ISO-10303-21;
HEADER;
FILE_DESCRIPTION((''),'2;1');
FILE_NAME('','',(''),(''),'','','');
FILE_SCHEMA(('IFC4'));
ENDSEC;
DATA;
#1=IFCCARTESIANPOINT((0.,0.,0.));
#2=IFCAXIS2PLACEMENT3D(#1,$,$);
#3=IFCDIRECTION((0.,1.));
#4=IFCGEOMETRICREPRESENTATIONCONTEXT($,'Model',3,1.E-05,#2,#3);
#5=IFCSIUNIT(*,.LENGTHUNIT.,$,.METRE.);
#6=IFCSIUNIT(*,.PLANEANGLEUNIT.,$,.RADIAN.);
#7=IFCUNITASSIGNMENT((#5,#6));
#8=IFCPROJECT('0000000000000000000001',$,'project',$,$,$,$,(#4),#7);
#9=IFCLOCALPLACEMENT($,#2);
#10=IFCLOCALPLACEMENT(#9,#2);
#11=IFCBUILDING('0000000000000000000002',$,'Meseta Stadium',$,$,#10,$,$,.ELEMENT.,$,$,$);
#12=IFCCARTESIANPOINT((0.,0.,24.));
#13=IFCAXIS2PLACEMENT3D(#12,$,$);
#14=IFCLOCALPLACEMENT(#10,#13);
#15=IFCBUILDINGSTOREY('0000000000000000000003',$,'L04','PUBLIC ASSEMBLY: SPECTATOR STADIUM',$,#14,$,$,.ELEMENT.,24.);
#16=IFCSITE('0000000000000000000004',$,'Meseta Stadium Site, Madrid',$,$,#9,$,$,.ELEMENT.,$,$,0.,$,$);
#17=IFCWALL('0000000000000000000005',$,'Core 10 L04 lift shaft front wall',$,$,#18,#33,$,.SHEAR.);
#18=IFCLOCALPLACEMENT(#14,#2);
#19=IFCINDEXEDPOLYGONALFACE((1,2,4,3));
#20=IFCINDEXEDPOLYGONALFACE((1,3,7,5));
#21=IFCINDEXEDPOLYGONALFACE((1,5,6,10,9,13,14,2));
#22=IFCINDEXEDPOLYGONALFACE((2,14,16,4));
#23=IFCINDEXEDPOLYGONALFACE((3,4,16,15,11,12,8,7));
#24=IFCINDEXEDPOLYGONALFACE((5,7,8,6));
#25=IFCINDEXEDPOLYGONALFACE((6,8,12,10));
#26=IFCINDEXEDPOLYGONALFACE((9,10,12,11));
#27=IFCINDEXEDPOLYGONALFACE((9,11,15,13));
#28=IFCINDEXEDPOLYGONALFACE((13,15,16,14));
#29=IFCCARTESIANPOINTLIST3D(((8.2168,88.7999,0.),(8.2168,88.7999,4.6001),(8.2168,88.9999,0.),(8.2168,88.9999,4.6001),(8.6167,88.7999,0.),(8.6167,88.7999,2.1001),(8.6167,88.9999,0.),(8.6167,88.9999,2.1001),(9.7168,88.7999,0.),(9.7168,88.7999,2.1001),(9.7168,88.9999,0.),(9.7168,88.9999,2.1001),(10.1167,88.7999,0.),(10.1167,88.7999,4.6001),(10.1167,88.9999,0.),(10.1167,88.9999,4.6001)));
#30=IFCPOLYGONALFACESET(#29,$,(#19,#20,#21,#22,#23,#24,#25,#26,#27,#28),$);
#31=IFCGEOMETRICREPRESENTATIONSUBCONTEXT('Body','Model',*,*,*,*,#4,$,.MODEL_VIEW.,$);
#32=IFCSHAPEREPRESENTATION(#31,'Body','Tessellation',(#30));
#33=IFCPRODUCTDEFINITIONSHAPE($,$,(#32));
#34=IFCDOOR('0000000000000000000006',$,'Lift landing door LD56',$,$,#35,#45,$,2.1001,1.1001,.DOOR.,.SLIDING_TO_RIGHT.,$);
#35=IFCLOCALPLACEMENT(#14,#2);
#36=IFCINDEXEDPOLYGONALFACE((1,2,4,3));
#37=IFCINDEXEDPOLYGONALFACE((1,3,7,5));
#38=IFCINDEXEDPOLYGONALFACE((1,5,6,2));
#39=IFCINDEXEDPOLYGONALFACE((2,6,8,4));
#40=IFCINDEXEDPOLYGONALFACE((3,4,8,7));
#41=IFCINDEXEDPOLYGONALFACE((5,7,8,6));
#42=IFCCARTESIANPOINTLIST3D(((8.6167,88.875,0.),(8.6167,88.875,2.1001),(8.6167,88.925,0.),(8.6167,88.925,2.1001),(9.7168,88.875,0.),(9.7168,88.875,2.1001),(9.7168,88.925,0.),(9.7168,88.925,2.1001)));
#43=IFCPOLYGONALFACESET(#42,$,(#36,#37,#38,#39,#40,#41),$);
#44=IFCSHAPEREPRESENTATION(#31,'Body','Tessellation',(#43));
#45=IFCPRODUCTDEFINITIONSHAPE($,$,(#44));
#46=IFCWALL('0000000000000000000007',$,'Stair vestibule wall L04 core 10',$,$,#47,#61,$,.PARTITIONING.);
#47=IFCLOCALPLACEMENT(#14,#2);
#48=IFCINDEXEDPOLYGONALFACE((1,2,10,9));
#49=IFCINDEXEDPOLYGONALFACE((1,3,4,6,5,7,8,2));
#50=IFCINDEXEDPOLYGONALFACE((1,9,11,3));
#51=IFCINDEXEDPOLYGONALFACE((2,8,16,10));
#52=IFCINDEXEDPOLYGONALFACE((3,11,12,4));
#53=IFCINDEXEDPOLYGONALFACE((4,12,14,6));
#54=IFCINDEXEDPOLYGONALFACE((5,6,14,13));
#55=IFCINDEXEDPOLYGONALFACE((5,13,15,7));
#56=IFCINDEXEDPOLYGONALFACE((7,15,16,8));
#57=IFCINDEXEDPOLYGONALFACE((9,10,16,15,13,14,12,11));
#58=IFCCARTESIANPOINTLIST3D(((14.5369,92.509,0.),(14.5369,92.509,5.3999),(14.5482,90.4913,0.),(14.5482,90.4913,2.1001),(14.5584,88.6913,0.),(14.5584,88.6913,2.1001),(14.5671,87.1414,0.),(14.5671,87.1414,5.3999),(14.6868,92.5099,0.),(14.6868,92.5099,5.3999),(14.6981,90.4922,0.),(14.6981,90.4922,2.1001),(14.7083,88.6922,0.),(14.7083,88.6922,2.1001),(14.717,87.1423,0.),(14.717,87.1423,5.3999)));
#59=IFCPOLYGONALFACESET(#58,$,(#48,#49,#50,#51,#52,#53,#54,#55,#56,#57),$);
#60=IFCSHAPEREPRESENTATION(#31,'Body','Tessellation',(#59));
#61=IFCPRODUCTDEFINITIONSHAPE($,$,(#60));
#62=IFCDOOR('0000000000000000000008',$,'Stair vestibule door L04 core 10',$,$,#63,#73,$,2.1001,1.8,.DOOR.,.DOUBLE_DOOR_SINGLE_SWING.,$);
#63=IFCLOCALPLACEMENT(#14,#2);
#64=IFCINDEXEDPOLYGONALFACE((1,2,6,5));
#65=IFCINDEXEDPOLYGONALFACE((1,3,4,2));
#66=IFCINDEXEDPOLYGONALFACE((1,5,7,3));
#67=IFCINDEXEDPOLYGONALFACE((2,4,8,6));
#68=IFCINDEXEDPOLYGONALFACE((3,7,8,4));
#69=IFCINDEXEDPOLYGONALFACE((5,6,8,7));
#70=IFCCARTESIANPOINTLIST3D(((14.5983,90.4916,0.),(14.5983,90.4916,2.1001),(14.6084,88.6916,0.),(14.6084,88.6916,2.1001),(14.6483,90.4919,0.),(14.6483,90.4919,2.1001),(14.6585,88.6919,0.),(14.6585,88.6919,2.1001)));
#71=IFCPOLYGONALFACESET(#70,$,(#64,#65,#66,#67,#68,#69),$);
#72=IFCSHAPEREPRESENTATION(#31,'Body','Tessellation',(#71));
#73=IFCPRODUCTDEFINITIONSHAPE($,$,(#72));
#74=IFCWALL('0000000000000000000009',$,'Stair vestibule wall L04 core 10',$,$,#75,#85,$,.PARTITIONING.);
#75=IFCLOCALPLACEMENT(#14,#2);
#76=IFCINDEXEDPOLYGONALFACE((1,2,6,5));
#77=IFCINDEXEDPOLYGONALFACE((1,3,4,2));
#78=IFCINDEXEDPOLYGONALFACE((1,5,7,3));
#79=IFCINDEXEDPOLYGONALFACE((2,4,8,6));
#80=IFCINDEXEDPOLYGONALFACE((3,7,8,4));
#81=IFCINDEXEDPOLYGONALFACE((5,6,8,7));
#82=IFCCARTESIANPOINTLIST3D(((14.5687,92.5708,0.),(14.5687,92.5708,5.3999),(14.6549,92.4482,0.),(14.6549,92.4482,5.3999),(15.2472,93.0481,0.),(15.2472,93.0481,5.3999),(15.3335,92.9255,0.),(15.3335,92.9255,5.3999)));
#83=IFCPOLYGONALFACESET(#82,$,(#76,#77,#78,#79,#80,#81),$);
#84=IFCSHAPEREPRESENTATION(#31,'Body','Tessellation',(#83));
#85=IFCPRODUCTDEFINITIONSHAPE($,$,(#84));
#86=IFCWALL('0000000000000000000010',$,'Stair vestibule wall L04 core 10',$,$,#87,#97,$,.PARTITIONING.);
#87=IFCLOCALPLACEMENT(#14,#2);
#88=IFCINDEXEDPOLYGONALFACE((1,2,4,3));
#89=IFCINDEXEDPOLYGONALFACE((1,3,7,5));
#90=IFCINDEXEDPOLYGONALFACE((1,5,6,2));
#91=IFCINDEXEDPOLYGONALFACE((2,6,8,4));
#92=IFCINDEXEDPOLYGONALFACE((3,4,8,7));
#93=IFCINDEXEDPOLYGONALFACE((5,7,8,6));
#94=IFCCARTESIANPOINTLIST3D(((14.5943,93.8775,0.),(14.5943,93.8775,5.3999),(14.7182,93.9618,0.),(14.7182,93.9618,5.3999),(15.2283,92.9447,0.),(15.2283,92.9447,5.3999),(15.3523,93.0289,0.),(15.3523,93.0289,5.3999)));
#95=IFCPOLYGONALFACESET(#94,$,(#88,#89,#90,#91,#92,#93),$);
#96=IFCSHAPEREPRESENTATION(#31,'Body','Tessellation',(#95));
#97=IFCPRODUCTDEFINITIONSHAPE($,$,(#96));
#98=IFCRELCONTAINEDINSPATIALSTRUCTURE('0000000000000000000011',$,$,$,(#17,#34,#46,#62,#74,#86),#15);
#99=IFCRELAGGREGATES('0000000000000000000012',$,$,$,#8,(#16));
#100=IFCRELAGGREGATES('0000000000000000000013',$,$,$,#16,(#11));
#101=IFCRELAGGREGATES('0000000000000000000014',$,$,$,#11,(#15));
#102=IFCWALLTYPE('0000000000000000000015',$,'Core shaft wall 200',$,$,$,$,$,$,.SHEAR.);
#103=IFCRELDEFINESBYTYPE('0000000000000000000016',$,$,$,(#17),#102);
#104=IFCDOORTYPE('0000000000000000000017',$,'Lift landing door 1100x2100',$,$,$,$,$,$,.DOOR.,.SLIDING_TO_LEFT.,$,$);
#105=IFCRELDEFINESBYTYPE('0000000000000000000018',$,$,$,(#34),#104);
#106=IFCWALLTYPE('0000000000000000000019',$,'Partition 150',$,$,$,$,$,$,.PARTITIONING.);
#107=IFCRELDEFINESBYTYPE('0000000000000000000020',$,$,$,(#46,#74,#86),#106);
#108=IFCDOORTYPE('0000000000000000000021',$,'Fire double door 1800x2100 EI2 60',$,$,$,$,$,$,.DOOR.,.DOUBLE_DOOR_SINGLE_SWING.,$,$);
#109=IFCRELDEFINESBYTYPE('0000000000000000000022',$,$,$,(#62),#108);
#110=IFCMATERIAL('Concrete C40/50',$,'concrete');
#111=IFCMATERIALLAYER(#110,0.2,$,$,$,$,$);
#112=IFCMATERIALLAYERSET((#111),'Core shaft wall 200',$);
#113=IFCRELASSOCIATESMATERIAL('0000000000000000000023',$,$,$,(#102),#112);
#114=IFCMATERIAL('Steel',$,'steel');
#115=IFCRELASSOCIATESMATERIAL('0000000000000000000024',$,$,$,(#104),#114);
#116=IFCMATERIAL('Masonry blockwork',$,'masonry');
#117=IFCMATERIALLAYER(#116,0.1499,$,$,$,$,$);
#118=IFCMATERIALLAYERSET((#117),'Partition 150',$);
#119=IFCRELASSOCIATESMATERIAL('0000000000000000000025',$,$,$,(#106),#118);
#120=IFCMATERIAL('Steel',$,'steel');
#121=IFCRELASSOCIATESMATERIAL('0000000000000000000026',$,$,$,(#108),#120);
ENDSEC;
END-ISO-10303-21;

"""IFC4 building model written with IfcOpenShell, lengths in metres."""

from ifc_helpers import new_model, si_unit, direction, frame, frame_2d, origin, place, context, subcontext, project, spatial, rectangle, extrude, material, layer, layer_set, type_object, element, fill, save


model = new_model("IFC4")

# Units and contexts
model_context = context("Model", 3, precision=1e-05, world=origin(), true_north=direction((0.0, 1.0)))
body_context = subcontext(model_context, "Body", "Model", "MODEL_VIEW")
ifc_project = project(units=[si_unit("LENGTHUNIT", "METRE"), si_unit("PLANEANGLEUNIT", "RADIAN")], contexts=[model_context])

# Site, building, storey
site_placement = place(None, origin())
site = spatial("IfcSite", under=ifc_project, at=site_placement, Name="Meseta Stadium Site, Madrid", CompositionType="ELEMENT", RefElevation=0.0)
building_placement = place(site_placement, origin())
building = spatial("IfcBuilding", under=site, at=building_placement, Name="Meseta Stadium", CompositionType="ELEMENT")
storey_placement = place(building_placement, frame((0.0, 0.0, 24.0)))
storey = spatial("IfcBuildingStorey", under=building, at=storey_placement, Name="L04", Description="PUBLIC ASSEMBLY: SPECTATOR STADIUM", CompositionType="ELEMENT", Elevation=24.0)

# Shared definitions
ifc_material_1 = material(Name="Concrete C40/50", Category="concrete")
ifc_layer_1 = layer(ifc_material_1, 0.2)
ifc_layer_set_1 = layer_set([ifc_layer_1], Name="Core shaft wall 200")
wall_type_1 = type_object("IfcWallType", Name="Core shaft wall 200", PredefinedType="SHEAR", material=ifc_layer_set_1)

# Walls, openings, doors
wall_1_placement = place(storey_placement, frame((10.1167, 88.8999, 0.0), z_axis=(0.0, 0.0, 1.0), x_axis=(-1.0, 0.0, 0.0)))
wall_1 = element("IfcWall", 1, at=wall_1_placement, inside=storey, type_object=wall_type_1, Name="Core 10 L04 lift shaft front wall", PredefinedType="SHEAR", context=body_context, shape_type="SweptSolid", body=[
    extrude(rectangle(XDim=1.8999, YDim=0.2, at=frame_2d((0.95, 0.0))), origin(), (0.0, 0.0, 1.0), 4.6001),
])
opening_1_placement = place(wall_1_placement, frame((0.3999, 0.0, 0.0)))
opening_1 = element("IfcOpeningElement", 2, at=opening_1_placement, cuts=wall_1, PredefinedType="OPENING", context=body_context, shape_type="SweptSolid", body=[
    extrude(rectangle(XDim=1.1001, YDim=2.1001, at=frame_2d((0.55, 1.05))), frame((0.0, 0.1099, 0.0), z_axis=(0.0, -1.0, 0.0), x_axis=(1.0, 0.0, 0.0)), (0.0, 0.0, 1.0), 0.22),
])
ifc_material_2 = material(Name="Steel", Category="steel")
door_type_1 = type_object("IfcDoorType", Name="Lift landing door 1100x2100", OperationType="SLIDING_TO_LEFT", PredefinedType="DOOR", material=ifc_material_2)
door_1_placement = place(opening_1_placement, origin())
door_1 = element("IfcDoor", 3, at=door_1_placement, inside=storey, type_object=door_type_1, Name="Lift landing door LD56", OperationType="SLIDING_TO_RIGHT", OverallHeight=2.1001, OverallWidth=1.1001, PredefinedType="DOOR", context=body_context, shape_type="SweptSolid", body=[
    extrude(rectangle(XDim=1.1001, YDim=2.1001, at=frame_2d((0.55, 1.05))), frame((0.0, 0.0249, 0.0), z_axis=(0.0, -1.0, 0.0), x_axis=(1.0, 0.0, 0.0)), (0.0, 0.0, 1.0), 0.05),
])
fill(opening_1, door_1)
ifc_material_3 = material(Name="Masonry blockwork", Category="masonry")
ifc_layer_2 = layer(ifc_material_3, 0.1499)
ifc_layer_set_2 = layer_set([ifc_layer_2], Name="Partition 150")
wall_type_2 = type_object("IfcWallType", Name="Partition 150", PredefinedType="PARTITIONING", material=ifc_layer_set_2)
wall_2_placement = place(storey_placement, frame((14.6421, 87.1418, 0.0), z_axis=(0.0, 0.0, 1.0), x_axis=(-0.00564, 0.999984, 0.0)))
wall_2 = element("IfcWall", 4, at=wall_2_placement, inside=storey, type_object=wall_type_2, Name="Stair vestibule wall L04 core 10", PredefinedType="PARTITIONING", context=body_context, shape_type="SweptSolid", body=[
    extrude(rectangle(XDim=5.3677, YDim=0.1499, at=frame_2d((2.6838, 0.0))), origin(), (0.0, 0.0, 1.0), 5.3999),
])
opening_2_placement = place(wall_2_placement, frame((1.55, 0.0, 0.0)))
opening_2 = element("IfcOpeningElement", 5, at=opening_2_placement, cuts=wall_2, PredefinedType="OPENING", context=body_context, shape_type="SweptSolid", body=[
    extrude(rectangle(XDim=1.8, YDim=2.1001, at=frame_2d((0.8999, 1.05))), frame((0.0, 0.085, 0.0), z_axis=(0.0, -1.0, 0.0), x_axis=(1.0, 0.0, 0.0)), (0.0, 0.0, 1.0), 0.1699),
])
ifc_material_4 = material(Name="Steel", Category="steel")
door_type_2 = type_object("IfcDoorType", Name="Fire double door 1800x2100 EI2 60", OperationType="DOUBLE_DOOR_SINGLE_SWING", PredefinedType="DOOR", material=ifc_material_4)
door_2_placement = place(opening_2_placement, origin())
door_2 = element("IfcDoor", 6, at=door_2_placement, inside=storey, type_object=door_type_2, Name="Stair vestibule door L04 core 10", OperationType="DOUBLE_DOOR_SINGLE_SWING", OverallHeight=2.1001, OverallWidth=1.8, PredefinedType="DOOR", context=body_context, shape_type="SweptSolid", body=[
    extrude(rectangle(XDim=1.8, YDim=2.1001, at=frame_2d((0.8999, 1.05))), frame((0.0, 0.0249, 0.0), z_axis=(0.0, -1.0, 0.0), x_axis=(1.0, 0.0, 0.0)), (0.0, 0.0, 1.0), 0.05),
])
fill(opening_2, door_2)

# Walls
wall_3_placement = place(storey_placement, frame((14.6118, 92.5095, 0.0), z_axis=(0.0, 0.0, 1.0), x_axis=(0.817888, 0.575377, 0.0)))
element("IfcWall", 7, at=wall_3_placement, inside=storey, type_object=wall_type_2, Name="Stair vestibule wall L04 core 10", PredefinedType="PARTITIONING", context=body_context, shape_type="SweptSolid", body=[
    extrude(rectangle(XDim=0.8296, YDim=0.1499, at=frame_2d((0.4148, 0.0))), origin(), (0.0, 0.0, 1.0), 5.3999),
])
wall_4_placement = place(storey_placement, frame((15.2903, 92.9868, 0.0), z_axis=(0.0, 0.0, 1.0), x_axis=(-0.562121, 0.827055, 0.0)))
element("IfcWall", 8, at=wall_4_placement, inside=storey, type_object=wall_type_2, Name="Stair vestibule wall L04 core 10", PredefinedType="PARTITIONING", context=body_context, shape_type="SweptSolid", body=[
    extrude(rectangle(XDim=1.1279, YDim=0.1499, at=frame_2d((0.564, 0.0))), origin(), (0.0, 0.0, 1.0), 5.3999),
])

save(model, "model.ifc")
